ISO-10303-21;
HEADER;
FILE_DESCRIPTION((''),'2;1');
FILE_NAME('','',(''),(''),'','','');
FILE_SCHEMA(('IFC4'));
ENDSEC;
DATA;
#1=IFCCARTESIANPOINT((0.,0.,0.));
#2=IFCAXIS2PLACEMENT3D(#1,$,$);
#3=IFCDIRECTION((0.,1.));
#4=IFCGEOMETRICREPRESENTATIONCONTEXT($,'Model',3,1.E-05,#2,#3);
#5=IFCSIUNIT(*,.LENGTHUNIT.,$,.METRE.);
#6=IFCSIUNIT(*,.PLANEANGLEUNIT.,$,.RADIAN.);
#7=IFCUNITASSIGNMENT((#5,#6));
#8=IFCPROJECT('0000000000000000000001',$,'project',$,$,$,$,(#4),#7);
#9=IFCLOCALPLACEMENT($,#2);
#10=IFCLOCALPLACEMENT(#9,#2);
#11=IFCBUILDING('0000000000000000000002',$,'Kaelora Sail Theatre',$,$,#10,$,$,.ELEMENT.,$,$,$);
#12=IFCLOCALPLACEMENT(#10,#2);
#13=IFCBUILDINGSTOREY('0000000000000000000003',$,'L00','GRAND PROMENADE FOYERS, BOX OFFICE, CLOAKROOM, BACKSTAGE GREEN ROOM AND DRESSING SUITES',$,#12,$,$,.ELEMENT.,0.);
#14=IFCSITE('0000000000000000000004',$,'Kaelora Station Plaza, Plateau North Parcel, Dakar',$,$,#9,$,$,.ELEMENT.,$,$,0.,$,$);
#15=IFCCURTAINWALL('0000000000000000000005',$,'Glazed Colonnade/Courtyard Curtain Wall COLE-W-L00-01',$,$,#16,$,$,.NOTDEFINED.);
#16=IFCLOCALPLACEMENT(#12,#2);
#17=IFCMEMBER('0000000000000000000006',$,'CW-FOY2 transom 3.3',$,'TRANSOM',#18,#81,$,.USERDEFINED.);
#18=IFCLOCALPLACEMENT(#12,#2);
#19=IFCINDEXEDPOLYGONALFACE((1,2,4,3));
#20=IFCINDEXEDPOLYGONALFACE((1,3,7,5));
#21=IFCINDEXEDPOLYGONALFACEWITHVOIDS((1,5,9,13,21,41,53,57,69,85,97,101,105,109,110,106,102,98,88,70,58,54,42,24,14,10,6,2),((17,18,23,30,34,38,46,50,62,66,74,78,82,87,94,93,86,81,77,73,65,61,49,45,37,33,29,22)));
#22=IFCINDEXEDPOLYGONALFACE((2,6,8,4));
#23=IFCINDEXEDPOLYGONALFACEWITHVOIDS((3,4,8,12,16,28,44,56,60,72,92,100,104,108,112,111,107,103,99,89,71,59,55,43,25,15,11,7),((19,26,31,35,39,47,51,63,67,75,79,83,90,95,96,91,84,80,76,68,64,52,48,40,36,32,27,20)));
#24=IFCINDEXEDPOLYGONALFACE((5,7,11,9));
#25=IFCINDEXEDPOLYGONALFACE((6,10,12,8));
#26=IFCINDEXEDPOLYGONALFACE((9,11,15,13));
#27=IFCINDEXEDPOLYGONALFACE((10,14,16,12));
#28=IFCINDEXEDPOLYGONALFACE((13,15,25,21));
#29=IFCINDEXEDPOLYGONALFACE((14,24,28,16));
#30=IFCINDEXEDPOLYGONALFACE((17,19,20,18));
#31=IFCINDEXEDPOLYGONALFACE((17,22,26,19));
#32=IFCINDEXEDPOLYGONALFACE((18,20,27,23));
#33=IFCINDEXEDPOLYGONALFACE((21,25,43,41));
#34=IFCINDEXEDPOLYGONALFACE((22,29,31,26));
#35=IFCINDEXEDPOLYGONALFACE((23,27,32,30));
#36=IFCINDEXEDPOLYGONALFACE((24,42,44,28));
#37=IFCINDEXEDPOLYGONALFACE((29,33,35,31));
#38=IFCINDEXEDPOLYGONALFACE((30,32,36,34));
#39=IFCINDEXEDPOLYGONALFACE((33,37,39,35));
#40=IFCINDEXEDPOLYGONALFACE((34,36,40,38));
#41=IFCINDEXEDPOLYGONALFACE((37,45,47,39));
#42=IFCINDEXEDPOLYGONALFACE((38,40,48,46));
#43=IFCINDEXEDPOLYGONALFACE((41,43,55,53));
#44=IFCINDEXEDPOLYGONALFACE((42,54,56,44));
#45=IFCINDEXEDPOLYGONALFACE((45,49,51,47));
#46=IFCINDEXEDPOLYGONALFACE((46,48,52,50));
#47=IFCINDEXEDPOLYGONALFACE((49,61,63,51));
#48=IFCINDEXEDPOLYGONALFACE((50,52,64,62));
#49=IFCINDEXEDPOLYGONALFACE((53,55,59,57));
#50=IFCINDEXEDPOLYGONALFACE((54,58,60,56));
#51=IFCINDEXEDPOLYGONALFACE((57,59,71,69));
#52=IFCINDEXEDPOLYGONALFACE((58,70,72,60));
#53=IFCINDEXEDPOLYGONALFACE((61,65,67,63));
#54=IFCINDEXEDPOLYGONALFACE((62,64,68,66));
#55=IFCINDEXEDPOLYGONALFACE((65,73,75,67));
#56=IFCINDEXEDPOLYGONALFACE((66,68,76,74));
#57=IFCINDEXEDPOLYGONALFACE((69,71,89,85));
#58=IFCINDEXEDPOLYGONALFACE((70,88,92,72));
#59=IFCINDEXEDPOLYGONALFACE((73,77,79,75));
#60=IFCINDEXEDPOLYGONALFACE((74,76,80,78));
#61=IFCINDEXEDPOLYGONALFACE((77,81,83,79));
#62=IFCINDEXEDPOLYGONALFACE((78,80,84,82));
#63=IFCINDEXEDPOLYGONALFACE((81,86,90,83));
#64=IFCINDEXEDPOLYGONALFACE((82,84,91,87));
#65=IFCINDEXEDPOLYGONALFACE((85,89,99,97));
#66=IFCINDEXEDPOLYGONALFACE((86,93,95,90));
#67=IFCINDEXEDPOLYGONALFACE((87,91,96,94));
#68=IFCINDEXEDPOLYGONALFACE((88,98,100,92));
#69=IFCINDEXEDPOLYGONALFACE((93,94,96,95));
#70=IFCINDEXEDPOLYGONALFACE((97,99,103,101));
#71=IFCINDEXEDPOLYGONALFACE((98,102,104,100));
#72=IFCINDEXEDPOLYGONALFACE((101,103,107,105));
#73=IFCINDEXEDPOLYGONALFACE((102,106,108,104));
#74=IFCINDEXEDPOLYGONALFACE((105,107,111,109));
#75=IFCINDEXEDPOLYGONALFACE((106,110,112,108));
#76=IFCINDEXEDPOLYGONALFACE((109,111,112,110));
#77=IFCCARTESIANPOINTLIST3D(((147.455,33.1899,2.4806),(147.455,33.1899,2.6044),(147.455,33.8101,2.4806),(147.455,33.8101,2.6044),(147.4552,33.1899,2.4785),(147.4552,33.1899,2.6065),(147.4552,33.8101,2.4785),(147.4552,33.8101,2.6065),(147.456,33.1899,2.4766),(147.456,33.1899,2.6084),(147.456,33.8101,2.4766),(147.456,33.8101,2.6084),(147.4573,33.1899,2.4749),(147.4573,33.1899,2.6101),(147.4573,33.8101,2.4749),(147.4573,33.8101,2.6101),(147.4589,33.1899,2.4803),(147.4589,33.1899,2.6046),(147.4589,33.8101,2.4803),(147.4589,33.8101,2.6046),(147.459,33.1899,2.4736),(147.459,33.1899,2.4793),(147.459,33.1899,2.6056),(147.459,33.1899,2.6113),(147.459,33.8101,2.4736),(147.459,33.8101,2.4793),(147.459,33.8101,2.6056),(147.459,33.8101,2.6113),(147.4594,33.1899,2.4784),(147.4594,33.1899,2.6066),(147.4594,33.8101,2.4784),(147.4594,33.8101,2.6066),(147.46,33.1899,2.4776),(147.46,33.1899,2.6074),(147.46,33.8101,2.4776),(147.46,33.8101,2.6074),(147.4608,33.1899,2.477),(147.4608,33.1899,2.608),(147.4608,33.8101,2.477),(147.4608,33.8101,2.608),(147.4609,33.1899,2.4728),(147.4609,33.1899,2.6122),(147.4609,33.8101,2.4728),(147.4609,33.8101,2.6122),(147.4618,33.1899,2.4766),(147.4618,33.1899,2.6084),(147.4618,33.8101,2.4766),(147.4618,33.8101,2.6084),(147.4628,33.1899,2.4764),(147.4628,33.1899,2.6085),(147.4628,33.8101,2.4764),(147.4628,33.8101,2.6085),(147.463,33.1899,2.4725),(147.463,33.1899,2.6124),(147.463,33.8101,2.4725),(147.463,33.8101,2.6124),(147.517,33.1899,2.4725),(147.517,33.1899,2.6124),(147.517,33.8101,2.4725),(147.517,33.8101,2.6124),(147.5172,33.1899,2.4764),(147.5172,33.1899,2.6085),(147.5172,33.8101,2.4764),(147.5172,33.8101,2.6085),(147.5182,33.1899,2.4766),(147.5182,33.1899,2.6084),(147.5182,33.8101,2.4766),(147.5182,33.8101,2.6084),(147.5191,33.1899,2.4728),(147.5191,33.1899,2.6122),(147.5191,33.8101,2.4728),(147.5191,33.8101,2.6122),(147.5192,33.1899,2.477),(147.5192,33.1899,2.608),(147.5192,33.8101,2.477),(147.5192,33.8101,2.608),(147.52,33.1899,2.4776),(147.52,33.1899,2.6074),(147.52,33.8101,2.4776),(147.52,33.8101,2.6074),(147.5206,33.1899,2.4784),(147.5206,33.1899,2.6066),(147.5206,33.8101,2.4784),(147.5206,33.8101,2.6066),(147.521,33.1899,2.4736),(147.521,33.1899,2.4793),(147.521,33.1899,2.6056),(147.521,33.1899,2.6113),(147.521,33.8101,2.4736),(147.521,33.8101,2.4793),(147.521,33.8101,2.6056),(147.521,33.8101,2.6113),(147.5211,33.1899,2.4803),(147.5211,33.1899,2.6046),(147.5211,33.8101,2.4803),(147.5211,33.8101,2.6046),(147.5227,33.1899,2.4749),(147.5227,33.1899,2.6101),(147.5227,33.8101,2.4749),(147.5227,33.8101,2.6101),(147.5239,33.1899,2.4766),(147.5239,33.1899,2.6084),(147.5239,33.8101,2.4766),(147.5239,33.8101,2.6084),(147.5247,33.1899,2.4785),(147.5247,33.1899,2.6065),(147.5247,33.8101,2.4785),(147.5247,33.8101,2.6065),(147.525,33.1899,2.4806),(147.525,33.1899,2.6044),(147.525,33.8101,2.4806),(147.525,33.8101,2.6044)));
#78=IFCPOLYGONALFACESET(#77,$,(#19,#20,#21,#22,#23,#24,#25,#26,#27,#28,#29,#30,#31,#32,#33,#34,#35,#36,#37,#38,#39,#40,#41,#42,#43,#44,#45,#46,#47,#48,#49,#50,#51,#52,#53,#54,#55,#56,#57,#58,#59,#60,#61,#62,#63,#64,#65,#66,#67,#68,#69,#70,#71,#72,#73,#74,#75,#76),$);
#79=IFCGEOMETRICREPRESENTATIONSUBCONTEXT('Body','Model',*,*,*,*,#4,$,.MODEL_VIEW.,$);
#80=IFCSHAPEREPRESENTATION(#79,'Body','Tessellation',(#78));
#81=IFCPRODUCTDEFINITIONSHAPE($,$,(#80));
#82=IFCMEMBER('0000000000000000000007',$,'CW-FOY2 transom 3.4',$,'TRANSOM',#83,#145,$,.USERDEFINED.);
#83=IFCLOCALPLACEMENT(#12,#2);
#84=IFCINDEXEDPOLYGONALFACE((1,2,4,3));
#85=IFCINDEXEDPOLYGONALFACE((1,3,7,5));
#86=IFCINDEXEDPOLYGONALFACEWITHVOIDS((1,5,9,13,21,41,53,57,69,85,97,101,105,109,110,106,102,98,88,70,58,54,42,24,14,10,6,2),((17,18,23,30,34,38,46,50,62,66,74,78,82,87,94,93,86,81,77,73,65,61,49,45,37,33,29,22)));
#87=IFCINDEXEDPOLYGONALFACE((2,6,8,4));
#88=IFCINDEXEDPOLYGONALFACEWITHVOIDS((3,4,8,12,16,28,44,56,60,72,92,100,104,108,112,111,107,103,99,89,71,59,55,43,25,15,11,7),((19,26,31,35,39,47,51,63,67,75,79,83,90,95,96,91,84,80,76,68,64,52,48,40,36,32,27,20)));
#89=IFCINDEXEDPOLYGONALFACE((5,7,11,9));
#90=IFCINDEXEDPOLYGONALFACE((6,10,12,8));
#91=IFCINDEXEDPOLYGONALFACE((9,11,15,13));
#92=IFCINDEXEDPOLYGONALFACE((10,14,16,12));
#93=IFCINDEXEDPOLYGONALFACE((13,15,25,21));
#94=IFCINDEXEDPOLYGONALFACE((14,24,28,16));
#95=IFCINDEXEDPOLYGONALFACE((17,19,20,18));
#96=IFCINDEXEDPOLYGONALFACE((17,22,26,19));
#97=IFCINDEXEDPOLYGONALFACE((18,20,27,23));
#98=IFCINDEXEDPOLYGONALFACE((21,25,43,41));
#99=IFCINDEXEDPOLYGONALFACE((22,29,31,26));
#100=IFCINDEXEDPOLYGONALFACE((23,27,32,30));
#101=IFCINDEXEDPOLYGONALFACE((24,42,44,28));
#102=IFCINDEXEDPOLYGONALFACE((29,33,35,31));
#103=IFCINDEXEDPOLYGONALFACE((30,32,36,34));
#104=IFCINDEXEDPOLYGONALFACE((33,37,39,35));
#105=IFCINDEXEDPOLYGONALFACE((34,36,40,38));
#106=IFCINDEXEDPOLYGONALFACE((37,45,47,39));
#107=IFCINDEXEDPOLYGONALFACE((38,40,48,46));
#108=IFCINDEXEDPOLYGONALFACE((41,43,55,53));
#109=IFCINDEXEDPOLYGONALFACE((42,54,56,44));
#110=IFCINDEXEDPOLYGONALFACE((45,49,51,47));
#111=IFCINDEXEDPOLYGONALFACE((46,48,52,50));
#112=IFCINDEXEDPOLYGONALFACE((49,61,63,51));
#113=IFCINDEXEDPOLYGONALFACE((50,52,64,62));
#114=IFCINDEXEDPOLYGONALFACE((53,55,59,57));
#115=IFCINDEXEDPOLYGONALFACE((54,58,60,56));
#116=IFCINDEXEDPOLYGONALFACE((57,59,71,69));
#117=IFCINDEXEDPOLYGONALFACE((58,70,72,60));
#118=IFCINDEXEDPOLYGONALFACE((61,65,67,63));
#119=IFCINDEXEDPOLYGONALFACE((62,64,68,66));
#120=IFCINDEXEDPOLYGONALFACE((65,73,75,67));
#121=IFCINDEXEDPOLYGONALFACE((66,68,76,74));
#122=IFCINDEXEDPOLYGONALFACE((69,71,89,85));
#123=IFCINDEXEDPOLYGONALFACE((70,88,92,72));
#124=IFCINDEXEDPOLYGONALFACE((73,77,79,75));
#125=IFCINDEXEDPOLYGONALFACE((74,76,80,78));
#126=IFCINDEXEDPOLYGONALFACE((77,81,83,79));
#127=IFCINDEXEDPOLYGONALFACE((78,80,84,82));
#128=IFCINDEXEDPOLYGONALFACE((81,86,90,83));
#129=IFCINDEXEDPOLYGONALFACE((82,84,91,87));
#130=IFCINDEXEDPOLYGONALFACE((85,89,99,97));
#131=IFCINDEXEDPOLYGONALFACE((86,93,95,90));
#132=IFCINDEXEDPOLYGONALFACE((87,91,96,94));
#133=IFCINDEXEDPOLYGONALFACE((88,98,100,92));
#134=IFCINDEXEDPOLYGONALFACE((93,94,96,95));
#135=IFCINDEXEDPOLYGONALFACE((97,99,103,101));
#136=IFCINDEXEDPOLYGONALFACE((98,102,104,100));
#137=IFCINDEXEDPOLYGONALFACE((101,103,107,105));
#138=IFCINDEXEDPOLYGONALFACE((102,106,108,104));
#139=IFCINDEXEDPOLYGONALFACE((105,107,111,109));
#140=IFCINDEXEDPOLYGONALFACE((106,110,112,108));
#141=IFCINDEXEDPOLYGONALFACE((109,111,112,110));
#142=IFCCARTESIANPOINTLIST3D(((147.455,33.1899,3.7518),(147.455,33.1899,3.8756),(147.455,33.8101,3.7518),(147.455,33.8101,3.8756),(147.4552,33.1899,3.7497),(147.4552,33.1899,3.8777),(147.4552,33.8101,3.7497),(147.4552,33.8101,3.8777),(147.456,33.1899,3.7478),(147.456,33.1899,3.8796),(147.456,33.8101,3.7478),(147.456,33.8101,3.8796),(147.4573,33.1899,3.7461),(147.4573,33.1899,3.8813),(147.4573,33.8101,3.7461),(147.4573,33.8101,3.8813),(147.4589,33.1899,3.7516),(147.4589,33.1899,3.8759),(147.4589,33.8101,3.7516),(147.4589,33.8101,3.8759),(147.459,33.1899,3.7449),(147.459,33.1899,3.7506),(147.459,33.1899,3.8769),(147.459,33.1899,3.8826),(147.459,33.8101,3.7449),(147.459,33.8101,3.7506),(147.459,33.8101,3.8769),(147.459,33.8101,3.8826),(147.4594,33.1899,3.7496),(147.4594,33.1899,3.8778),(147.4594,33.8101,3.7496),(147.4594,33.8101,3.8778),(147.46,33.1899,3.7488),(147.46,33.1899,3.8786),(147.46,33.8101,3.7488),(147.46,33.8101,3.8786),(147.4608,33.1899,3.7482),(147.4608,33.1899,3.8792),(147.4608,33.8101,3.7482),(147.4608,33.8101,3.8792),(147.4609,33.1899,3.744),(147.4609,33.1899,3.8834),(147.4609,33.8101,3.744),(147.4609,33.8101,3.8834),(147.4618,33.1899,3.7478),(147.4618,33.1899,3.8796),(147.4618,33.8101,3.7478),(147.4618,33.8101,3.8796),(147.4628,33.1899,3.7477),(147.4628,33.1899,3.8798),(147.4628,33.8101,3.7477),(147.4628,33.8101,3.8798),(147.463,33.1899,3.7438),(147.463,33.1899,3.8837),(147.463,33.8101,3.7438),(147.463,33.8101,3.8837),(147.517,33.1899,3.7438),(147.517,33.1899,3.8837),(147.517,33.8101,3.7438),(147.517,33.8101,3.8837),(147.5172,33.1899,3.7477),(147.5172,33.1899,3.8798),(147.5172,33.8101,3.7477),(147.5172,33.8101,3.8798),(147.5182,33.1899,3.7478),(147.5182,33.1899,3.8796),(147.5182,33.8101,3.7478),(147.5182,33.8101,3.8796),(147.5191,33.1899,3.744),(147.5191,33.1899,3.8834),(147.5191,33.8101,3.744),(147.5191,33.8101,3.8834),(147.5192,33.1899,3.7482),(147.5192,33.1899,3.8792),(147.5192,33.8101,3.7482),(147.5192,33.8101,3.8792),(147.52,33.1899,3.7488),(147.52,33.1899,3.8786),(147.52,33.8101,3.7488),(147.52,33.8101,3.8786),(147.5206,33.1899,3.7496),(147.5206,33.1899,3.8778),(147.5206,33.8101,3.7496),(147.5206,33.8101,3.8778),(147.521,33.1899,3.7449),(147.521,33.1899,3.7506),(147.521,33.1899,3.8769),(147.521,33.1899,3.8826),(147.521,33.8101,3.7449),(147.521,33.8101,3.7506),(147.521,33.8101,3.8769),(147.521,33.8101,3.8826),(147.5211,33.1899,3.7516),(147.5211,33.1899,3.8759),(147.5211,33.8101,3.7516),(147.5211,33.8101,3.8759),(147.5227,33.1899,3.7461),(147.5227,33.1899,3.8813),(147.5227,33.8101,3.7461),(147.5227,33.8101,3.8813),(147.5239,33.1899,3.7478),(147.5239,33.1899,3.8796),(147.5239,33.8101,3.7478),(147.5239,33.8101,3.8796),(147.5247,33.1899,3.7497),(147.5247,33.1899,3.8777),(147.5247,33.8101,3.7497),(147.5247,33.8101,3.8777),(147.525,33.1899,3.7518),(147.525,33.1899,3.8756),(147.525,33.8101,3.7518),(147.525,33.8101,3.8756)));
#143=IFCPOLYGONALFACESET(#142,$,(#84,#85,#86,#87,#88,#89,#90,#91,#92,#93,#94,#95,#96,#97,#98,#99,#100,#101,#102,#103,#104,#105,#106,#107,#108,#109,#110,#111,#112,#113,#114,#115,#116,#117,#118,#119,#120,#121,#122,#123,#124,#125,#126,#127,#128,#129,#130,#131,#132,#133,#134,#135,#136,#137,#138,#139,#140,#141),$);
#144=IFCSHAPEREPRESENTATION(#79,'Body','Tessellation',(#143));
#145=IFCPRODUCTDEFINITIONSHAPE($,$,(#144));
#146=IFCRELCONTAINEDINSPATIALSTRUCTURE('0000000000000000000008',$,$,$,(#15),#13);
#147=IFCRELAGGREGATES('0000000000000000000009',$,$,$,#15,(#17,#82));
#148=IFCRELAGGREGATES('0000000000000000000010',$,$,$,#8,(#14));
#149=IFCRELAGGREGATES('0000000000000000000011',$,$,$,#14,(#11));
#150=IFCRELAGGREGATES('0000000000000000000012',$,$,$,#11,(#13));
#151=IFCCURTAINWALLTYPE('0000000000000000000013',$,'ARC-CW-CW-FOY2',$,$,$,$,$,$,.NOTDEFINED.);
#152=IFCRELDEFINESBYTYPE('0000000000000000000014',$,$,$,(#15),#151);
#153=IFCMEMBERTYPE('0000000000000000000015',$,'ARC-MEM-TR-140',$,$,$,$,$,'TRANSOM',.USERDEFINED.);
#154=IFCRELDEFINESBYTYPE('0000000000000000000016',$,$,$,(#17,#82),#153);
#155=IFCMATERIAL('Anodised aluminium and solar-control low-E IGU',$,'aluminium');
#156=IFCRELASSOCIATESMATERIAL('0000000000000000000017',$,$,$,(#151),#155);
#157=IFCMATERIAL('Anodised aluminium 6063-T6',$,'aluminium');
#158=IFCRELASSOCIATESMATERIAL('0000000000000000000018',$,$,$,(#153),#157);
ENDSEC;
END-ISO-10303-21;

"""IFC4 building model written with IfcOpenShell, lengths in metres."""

from ifc_helpers import new_model, si_unit, direction, frame, origin, origin_2d, place, context, subcontext, project, spatial, hollow_rectangle, extrude, material, material_profile, profile_set, type_object, element, aggregate, save


model = new_model("IFC4")

# Units and contexts
model_context = context("Model", 3, precision=1e-05, world=origin(), true_north=direction((0.0, 1.0)))
body_context = subcontext(model_context, "Body", "Model", "MODEL_VIEW")
ifc_project = project(units=[si_unit("LENGTHUNIT", "METRE"), si_unit("PLANEANGLEUNIT", "RADIAN")], contexts=[model_context])

# Site, building, storey
site_placement = place(None, origin())
site = spatial("IfcSite", under=ifc_project, at=site_placement, Name="Kaelora Station Plaza, Plateau North Parcel, Dakar", CompositionType="ELEMENT", RefElevation=0.0)
building_placement = place(site_placement, origin())
building = spatial("IfcBuilding", under=site, at=building_placement, Name="Kaelora Sail Theatre", CompositionType="ELEMENT")
storey_placement = place(building_placement, origin())
storey = spatial("IfcBuildingStorey", under=building, at=storey_placement, Name="L00", Description="GRAND PROMENADE FOYERS, BOX OFFICE, CLOAKROOM, BACKSTAGE GREEN ROOM AND DRESSING SUITES", CompositionType="ELEMENT", Elevation=0.0)

# Curtain wall, members
ifc_material_1 = material(Name="Anodised aluminium and solar-control low-E IGU", Category="aluminium")
curtain_wall_type = type_object("IfcCurtainWallType", Name="ARC-CW-CW-FOY2", PredefinedType="NOTDEFINED", material=ifc_material_1)
curtain_wall_placement = place(storey_placement, origin())
curtain_wall = element("IfcCurtainWall", 1, at=curtain_wall_placement, inside=storey, type_object=curtain_wall_type, Name="Glazed Colonnade/Courtyard Curtain Wall COLE-W-L00-01", PredefinedType="NOTDEFINED")
ifc_material_2 = material(Name="Anodised aluminium 6063-T6", Category="aluminium")
ifc_material_profile_1 = material_profile(ifc_material_2, hollow_rectangle(XDim=0.0701, YDim=0.1399, WallThickness=0.0039, InnerFilletRadius=0.0039, OuterFilletRadius=0.0081, at=origin_2d()), Name="ALU-TRAN 70x140x4")
ifc_profile_set_1 = profile_set([ifc_material_profile_1], Name="Anodised aluminium 6063-T6")
member_type_1 = type_object("IfcMemberType", Name="ARC-MEM-TR-140", ElementType="TRANSOM", PredefinedType="USERDEFINED", material=ifc_profile_set_1)
member_1_placement = place(storey_placement, frame((147.49, 33.1899, 2.5425), z_axis=(0.0, 1.0, 0.0), x_axis=(-1.0, 0.0, 0.0)))
member_1 = element("IfcMember", 2, at=member_1_placement, type_object=member_type_1, Name="CW-FOY2 transom 3.3", ObjectType="TRANSOM", PredefinedType="USERDEFINED", context=body_context, shape_type="SweptSolid", body=[
    extrude(hollow_rectangle(XDim=0.0701, YDim=0.1399, WallThickness=0.0039, InnerFilletRadius=0.0039, OuterFilletRadius=0.0081, at=origin_2d()), origin(), (0.0, 0.0, 1.0), 0.6201),
])
member_2_placement = place(storey_placement, frame((147.49, 33.1899, 3.8137), z_axis=(0.0, 1.0, 0.0), x_axis=(-1.0, 0.0, 0.0)))
member_2 = element("IfcMember", 3, at=member_2_placement, type_object=member_type_1, Name="CW-FOY2 transom 3.4", ObjectType="TRANSOM", PredefinedType="USERDEFINED", context=body_context, shape_type="SweptSolid", body=[
    extrude(hollow_rectangle(XDim=0.0701, YDim=0.1399, WallThickness=0.0039, InnerFilletRadius=0.0039, OuterFilletRadius=0.0081, at=origin_2d()), origin(), (0.0, 0.0, 1.0), 0.6201),
])
aggregate(curtain_wall, [member_1, member_2])

save(model, "model.ifc")
